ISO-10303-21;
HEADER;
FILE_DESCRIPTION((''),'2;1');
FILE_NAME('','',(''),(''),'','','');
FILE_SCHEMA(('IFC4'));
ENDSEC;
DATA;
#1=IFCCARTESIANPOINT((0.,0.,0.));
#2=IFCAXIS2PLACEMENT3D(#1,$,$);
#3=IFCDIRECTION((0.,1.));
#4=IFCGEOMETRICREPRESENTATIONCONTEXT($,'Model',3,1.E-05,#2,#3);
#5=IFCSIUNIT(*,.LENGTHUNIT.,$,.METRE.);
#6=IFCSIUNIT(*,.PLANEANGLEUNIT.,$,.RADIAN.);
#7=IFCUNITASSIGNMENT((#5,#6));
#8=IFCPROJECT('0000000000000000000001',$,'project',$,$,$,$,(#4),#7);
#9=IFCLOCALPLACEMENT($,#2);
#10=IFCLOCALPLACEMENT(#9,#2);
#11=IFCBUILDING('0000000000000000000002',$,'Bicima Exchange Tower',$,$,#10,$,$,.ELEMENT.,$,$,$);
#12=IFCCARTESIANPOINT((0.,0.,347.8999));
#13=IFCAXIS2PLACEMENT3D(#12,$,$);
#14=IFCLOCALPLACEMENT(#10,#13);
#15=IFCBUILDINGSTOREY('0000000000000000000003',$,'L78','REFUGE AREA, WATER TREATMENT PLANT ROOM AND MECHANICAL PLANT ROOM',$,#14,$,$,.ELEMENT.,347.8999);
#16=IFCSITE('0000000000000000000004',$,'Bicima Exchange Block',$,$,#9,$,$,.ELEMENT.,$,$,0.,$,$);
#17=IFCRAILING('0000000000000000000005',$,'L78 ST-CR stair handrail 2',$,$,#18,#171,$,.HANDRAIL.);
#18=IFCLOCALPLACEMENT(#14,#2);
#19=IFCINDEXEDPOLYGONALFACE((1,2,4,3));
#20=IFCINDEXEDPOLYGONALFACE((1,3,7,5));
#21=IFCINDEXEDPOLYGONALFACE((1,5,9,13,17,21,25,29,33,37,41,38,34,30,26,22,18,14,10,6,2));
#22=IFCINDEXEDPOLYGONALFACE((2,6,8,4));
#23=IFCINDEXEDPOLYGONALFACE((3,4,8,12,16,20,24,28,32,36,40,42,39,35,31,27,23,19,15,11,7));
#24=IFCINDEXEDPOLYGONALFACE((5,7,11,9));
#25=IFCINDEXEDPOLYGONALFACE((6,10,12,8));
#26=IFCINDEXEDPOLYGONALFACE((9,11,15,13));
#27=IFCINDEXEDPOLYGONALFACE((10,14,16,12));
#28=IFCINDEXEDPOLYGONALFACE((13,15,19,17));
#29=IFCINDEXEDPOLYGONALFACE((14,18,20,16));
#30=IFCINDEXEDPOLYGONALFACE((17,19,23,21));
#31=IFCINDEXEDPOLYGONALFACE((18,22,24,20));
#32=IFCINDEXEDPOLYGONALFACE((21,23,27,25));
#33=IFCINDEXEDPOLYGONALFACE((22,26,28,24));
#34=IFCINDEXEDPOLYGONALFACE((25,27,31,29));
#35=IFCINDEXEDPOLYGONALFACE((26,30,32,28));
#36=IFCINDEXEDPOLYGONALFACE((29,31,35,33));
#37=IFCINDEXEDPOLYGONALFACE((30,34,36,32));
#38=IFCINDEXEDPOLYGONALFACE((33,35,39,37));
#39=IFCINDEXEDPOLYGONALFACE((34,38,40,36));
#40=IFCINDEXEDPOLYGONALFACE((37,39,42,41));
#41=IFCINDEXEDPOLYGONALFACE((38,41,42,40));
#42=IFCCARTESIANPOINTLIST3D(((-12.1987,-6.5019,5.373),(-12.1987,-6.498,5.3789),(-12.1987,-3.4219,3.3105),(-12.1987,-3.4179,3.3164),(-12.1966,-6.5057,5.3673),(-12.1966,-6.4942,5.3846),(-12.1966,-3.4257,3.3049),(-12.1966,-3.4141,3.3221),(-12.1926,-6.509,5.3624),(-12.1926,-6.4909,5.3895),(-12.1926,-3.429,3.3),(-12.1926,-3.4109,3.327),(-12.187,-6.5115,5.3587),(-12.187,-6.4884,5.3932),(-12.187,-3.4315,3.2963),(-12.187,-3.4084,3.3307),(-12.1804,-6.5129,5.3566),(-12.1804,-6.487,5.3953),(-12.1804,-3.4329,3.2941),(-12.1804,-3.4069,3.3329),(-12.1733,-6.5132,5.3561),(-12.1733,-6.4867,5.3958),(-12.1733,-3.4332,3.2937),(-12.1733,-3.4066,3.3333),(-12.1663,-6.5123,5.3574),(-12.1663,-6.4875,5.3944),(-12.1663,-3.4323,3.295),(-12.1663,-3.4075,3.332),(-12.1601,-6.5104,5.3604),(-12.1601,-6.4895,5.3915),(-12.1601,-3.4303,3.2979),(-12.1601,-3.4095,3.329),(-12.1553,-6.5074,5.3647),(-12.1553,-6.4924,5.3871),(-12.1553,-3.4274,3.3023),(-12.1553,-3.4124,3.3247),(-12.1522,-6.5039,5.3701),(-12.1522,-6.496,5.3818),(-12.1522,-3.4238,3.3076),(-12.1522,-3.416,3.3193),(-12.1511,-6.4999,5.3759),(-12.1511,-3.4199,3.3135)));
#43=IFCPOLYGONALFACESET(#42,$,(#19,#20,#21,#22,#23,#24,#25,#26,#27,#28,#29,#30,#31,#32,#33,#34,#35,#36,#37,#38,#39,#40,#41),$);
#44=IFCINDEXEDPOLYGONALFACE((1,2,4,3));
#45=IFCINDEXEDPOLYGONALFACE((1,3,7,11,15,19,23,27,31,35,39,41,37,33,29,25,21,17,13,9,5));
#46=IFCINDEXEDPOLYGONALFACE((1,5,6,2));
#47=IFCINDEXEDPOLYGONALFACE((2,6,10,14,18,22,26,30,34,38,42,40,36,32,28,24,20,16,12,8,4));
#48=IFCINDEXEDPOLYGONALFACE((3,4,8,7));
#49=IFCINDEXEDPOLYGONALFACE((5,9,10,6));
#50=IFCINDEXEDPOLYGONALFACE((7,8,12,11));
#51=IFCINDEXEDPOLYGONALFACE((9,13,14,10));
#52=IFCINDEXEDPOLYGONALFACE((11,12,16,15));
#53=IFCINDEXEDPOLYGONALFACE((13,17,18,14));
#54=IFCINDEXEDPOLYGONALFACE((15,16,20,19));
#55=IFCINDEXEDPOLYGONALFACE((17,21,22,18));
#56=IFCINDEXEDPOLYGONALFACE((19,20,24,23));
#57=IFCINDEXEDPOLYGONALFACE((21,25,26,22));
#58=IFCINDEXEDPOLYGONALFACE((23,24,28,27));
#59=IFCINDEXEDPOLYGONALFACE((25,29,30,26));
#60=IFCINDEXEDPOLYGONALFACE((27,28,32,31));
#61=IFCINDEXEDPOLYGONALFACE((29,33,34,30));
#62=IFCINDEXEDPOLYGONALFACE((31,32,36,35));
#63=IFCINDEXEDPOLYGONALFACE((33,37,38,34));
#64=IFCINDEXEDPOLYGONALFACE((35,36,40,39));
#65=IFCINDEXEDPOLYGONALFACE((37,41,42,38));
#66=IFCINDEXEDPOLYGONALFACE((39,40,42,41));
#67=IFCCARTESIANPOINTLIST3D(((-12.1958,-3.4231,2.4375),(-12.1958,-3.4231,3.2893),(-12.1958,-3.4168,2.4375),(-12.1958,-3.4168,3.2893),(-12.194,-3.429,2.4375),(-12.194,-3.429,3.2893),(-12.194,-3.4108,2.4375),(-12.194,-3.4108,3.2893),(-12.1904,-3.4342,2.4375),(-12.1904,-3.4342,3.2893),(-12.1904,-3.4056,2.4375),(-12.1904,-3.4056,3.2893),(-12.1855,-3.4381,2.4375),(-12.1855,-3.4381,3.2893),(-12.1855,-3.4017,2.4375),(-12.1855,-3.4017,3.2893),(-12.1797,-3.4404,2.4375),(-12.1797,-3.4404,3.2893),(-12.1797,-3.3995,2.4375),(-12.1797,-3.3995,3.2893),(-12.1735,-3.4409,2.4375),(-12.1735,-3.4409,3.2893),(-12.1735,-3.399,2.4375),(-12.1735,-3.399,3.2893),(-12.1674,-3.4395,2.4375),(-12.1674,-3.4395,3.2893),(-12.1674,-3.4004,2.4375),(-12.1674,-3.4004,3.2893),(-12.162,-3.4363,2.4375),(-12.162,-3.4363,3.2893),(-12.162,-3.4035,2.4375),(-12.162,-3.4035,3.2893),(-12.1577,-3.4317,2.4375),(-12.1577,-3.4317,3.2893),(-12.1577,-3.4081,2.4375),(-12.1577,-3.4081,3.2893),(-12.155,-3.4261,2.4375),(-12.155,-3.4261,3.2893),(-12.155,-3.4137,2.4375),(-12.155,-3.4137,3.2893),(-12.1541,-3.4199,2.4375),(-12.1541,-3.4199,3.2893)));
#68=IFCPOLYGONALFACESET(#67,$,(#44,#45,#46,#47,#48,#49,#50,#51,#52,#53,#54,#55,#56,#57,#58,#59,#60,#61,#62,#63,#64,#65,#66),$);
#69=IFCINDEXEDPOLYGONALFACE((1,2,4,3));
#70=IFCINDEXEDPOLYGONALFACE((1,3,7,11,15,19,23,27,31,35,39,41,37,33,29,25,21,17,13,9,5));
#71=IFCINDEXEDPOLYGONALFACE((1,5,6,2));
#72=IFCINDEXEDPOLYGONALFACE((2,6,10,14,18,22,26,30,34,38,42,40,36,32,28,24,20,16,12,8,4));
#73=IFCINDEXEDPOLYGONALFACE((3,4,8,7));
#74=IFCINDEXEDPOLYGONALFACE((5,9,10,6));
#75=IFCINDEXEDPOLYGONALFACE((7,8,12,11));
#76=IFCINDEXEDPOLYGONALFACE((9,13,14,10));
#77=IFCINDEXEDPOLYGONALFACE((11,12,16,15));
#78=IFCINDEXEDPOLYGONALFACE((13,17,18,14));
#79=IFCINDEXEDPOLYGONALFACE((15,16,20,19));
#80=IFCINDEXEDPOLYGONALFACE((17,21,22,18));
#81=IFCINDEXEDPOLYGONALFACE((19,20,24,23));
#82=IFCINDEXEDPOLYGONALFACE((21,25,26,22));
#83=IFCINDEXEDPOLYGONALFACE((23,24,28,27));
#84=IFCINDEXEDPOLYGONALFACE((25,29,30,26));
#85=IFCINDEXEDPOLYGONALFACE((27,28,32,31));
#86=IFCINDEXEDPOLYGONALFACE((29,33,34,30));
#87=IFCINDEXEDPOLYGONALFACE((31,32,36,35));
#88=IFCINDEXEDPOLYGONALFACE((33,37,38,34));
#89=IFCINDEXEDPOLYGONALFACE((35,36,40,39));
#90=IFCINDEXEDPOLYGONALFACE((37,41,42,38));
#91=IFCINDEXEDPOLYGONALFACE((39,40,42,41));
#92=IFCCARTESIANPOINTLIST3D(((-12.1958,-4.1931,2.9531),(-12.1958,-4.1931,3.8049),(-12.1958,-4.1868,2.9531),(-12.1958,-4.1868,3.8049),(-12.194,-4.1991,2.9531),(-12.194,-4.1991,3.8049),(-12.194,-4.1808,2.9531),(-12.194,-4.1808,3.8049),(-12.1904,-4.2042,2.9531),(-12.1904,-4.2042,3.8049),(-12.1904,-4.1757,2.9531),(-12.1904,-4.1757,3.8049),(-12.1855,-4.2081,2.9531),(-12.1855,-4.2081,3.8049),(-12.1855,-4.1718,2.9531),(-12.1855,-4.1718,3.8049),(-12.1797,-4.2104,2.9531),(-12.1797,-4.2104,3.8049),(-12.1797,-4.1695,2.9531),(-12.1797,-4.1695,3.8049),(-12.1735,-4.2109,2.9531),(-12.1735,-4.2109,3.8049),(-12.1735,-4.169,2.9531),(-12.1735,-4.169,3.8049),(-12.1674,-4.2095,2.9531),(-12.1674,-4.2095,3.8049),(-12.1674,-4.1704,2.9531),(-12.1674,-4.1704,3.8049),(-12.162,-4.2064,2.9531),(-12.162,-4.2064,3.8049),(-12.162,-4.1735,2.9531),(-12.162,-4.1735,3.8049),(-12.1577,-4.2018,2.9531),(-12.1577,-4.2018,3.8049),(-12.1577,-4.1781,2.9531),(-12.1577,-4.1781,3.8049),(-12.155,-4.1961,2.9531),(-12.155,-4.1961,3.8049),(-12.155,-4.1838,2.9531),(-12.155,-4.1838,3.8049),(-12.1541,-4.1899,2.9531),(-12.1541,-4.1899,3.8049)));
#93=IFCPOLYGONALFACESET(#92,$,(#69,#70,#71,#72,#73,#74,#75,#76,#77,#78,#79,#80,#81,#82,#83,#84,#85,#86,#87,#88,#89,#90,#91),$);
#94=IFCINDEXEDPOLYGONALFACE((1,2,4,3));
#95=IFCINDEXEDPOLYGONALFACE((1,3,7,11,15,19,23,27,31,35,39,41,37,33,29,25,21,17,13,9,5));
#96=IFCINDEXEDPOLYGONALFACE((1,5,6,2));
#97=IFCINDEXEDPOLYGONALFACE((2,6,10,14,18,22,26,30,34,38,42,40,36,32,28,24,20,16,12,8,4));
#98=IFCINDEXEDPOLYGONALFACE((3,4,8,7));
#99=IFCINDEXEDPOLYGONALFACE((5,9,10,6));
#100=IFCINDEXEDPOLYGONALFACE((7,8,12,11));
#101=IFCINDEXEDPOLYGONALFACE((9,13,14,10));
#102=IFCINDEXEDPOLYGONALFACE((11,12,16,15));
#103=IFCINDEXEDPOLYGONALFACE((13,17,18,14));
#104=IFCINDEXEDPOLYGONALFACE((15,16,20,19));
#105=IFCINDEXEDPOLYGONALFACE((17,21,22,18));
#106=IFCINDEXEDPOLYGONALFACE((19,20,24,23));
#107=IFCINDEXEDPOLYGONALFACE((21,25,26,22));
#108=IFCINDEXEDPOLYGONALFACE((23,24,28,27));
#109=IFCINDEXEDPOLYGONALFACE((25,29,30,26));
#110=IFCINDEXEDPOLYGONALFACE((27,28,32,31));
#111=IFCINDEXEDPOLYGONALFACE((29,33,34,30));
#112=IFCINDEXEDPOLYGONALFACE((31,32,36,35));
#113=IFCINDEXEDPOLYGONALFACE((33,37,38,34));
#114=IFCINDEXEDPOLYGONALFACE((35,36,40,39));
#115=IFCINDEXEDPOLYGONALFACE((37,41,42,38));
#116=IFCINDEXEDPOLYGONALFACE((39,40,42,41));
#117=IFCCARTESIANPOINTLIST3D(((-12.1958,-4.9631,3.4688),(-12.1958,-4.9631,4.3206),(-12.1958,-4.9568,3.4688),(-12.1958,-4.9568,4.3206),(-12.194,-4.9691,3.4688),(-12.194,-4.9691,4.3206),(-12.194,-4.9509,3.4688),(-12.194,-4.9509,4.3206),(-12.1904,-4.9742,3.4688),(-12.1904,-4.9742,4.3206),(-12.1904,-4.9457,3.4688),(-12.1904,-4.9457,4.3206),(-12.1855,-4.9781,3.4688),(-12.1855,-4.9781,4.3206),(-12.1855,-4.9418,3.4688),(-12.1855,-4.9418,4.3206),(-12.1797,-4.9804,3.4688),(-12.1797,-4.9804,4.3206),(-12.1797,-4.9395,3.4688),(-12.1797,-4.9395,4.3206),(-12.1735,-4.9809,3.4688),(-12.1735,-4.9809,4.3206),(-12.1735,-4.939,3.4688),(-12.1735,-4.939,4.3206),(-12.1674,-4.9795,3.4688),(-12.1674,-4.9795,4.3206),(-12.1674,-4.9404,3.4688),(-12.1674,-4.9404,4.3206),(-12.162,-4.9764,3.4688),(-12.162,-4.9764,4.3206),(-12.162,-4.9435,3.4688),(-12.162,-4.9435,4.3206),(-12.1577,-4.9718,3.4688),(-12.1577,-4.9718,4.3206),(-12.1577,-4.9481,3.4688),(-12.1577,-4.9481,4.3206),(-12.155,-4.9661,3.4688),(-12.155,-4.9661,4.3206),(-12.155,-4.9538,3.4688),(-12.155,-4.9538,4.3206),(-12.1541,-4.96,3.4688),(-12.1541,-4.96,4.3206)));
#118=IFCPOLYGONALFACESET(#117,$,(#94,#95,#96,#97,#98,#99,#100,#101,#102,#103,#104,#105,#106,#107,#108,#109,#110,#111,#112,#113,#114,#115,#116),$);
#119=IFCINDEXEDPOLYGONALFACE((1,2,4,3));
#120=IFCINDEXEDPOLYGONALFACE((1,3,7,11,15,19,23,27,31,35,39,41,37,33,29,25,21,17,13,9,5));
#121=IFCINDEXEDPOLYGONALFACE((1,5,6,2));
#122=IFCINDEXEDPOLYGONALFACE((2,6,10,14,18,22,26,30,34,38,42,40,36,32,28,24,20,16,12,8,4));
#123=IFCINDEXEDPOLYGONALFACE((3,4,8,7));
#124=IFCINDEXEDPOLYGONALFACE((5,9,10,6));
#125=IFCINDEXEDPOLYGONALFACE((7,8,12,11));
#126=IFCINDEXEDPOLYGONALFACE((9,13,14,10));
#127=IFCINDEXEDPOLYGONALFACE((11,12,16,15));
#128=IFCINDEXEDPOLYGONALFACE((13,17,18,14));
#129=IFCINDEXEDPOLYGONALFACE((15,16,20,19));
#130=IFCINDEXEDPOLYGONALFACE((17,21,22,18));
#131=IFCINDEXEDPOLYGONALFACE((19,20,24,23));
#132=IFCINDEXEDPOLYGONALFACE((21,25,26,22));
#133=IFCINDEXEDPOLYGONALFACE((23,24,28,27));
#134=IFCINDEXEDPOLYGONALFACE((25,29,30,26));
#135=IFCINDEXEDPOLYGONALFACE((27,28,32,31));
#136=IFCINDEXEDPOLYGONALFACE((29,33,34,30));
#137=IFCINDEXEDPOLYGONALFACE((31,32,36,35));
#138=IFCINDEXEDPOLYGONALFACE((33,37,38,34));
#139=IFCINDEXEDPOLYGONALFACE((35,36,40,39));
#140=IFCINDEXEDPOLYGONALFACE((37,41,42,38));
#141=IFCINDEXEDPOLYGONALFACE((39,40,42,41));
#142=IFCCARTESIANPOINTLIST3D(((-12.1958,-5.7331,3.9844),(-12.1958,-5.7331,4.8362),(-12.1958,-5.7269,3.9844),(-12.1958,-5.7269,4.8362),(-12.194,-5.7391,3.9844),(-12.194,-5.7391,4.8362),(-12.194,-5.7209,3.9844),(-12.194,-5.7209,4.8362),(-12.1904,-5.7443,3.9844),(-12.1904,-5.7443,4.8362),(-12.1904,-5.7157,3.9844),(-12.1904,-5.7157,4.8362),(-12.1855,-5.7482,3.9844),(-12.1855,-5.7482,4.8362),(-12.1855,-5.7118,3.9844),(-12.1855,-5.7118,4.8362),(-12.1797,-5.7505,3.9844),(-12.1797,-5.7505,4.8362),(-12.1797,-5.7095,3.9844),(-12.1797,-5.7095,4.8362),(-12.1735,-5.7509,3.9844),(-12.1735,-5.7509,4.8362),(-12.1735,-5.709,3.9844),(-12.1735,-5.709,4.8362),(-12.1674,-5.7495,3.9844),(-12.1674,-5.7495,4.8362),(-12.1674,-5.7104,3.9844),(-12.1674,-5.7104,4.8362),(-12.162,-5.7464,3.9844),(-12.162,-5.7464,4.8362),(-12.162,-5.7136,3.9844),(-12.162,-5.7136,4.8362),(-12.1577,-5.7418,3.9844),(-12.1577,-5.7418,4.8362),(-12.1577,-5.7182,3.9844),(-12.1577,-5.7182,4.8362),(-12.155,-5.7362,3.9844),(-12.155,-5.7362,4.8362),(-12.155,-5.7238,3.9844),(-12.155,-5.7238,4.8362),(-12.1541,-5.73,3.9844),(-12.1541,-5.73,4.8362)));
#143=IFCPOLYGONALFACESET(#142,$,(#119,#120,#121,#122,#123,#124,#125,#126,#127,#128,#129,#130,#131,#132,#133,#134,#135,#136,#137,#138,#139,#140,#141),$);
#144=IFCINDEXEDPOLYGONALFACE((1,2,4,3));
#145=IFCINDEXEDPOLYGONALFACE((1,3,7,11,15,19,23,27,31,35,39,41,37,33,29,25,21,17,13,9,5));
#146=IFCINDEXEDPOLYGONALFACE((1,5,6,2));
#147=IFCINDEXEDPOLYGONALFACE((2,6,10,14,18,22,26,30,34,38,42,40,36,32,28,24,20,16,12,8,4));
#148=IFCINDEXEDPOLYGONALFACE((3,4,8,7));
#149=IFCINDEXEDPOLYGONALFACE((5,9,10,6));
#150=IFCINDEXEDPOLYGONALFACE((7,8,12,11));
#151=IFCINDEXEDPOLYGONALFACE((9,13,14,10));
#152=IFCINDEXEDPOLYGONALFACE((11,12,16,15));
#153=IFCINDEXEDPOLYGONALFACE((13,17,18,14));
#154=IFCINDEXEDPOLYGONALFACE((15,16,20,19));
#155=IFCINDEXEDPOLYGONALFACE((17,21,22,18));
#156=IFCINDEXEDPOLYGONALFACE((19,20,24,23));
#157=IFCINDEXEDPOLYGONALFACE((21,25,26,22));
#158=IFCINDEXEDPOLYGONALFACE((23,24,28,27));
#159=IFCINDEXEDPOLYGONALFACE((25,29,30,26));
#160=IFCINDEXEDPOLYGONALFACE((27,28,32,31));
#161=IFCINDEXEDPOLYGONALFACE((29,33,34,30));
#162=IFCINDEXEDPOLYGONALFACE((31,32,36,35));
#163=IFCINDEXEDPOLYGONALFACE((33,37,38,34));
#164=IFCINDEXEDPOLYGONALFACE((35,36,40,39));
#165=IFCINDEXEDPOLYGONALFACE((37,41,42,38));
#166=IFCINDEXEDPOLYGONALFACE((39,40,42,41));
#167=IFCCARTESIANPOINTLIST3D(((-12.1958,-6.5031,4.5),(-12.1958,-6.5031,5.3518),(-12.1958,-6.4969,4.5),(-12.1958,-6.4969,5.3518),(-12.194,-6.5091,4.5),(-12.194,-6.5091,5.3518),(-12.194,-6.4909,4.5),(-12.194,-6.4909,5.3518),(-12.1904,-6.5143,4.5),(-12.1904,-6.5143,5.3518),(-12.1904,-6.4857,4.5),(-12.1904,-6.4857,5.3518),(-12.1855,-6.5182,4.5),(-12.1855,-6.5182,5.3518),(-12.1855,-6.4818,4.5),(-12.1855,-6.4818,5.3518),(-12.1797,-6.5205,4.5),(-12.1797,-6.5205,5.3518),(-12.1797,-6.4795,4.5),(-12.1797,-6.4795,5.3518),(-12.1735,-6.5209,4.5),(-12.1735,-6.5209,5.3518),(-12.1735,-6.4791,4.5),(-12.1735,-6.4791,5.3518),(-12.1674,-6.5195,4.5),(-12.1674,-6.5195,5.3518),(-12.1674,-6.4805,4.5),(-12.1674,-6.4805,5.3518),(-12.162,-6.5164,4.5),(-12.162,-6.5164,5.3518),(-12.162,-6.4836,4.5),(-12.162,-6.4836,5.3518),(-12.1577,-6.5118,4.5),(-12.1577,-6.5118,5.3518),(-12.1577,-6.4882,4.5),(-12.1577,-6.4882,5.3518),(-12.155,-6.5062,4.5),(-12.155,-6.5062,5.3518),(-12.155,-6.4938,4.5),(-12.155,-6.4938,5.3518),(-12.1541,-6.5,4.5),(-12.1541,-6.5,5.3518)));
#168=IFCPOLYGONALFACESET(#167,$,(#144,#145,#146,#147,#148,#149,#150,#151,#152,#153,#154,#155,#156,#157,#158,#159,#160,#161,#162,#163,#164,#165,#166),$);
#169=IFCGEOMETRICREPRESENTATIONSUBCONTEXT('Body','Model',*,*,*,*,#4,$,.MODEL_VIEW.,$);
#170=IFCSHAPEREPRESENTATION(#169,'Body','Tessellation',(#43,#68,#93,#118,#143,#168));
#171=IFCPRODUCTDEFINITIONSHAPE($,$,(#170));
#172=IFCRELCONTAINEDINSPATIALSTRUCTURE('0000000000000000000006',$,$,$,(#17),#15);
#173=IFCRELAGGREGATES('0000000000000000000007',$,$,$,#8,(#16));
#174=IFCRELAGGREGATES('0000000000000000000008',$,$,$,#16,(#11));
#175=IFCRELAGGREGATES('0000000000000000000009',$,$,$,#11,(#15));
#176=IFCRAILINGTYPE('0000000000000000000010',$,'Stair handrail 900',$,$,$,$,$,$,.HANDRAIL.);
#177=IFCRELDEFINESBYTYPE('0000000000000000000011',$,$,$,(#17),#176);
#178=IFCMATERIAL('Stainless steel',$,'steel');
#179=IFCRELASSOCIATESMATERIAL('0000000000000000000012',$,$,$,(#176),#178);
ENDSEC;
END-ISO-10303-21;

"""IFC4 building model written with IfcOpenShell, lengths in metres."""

from ifc_helpers import new_model, si_unit, direction, frame, origin, origin_2d, place, context, subcontext, project, spatial, circle, extrude, material, type_object, element, save


model = new_model("IFC4")

# Units and contexts
model_context = context("Model", 3, precision=1e-05, world=origin(), true_north=direction((0.0, 1.0)))
body_context = subcontext(model_context, "Body", "Model", "MODEL_VIEW")
ifc_project = project(units=[si_unit("LENGTHUNIT", "METRE"), si_unit("PLANEANGLEUNIT", "RADIAN")], contexts=[model_context])

# Site, building, storey
site_placement = place(None, origin())
site = spatial("IfcSite", under=ifc_project, at=site_placement, Name="Bicima Exchange Block", CompositionType="ELEMENT", RefElevation=0.0)
building_placement = place(site_placement, origin())
building = spatial("IfcBuilding", under=site, at=building_placement, Name="Bicima Exchange Tower", CompositionType="ELEMENT")
storey_placement = place(building_placement, frame((0.0, 0.0, 347.8999)))
storey = spatial("IfcBuildingStorey", under=building, at=storey_placement, Name="L78", Description="REFUGE AREA, WATER TREATMENT PLANT ROOM AND MECHANICAL PLANT ROOM", CompositionType="ELEMENT", Elevation=347.8999)

# Railing
ifc_material_1 = material(Name="Stainless steel", Category="steel")
railing_type_1 = type_object("IfcRailingType", Name="Stair handrail 900", PredefinedType="HANDRAIL", material=ifc_material_1)
railing_1_placement = place(storey_placement, frame((-12.175, -3.4199, 2.4375)))
element("IfcRailing", 1, at=railing_1_placement, inside=storey, type_object=railing_type_1, Name="L78 ST-CR stair handrail 2", PredefinedType="HANDRAIL", context=body_context, shape_type="SweptSolid", body=[
    extrude(circle(Radius=0.0239, at=origin_2d()), frame((0.0, 0.0, 0.876), z_axis=(0.0, -0.830914, 0.556401), x_axis=(1.0, 0.0, 0.0)), (0.0, 0.0, 1.0), 3.7068),
    extrude(circle(Radius=0.021, at=origin_2d()), origin(), (0.0, 0.0, 1.0), 0.8518),
    extrude(circle(Radius=0.021, at=origin_2d()), frame((0.0, -0.77, 0.5156)), (0.0, 0.0, 1.0), 0.8518),
    extrude(circle(Radius=0.021, at=origin_2d()), frame((0.0, -1.54, 1.0312)), (0.0, 0.0, 1.0), 0.8518),
    extrude(circle(Radius=0.021, at=origin_2d()), frame((0.0, -2.3101, 1.5469)), (0.0, 0.0, 1.0), 0.8518),
    extrude(circle(Radius=0.021, at=origin_2d()), frame((0.0, -3.0801, 2.0625)), (0.0, 0.0, 1.0), 0.8518),
])

save(model, "model.ifc")
